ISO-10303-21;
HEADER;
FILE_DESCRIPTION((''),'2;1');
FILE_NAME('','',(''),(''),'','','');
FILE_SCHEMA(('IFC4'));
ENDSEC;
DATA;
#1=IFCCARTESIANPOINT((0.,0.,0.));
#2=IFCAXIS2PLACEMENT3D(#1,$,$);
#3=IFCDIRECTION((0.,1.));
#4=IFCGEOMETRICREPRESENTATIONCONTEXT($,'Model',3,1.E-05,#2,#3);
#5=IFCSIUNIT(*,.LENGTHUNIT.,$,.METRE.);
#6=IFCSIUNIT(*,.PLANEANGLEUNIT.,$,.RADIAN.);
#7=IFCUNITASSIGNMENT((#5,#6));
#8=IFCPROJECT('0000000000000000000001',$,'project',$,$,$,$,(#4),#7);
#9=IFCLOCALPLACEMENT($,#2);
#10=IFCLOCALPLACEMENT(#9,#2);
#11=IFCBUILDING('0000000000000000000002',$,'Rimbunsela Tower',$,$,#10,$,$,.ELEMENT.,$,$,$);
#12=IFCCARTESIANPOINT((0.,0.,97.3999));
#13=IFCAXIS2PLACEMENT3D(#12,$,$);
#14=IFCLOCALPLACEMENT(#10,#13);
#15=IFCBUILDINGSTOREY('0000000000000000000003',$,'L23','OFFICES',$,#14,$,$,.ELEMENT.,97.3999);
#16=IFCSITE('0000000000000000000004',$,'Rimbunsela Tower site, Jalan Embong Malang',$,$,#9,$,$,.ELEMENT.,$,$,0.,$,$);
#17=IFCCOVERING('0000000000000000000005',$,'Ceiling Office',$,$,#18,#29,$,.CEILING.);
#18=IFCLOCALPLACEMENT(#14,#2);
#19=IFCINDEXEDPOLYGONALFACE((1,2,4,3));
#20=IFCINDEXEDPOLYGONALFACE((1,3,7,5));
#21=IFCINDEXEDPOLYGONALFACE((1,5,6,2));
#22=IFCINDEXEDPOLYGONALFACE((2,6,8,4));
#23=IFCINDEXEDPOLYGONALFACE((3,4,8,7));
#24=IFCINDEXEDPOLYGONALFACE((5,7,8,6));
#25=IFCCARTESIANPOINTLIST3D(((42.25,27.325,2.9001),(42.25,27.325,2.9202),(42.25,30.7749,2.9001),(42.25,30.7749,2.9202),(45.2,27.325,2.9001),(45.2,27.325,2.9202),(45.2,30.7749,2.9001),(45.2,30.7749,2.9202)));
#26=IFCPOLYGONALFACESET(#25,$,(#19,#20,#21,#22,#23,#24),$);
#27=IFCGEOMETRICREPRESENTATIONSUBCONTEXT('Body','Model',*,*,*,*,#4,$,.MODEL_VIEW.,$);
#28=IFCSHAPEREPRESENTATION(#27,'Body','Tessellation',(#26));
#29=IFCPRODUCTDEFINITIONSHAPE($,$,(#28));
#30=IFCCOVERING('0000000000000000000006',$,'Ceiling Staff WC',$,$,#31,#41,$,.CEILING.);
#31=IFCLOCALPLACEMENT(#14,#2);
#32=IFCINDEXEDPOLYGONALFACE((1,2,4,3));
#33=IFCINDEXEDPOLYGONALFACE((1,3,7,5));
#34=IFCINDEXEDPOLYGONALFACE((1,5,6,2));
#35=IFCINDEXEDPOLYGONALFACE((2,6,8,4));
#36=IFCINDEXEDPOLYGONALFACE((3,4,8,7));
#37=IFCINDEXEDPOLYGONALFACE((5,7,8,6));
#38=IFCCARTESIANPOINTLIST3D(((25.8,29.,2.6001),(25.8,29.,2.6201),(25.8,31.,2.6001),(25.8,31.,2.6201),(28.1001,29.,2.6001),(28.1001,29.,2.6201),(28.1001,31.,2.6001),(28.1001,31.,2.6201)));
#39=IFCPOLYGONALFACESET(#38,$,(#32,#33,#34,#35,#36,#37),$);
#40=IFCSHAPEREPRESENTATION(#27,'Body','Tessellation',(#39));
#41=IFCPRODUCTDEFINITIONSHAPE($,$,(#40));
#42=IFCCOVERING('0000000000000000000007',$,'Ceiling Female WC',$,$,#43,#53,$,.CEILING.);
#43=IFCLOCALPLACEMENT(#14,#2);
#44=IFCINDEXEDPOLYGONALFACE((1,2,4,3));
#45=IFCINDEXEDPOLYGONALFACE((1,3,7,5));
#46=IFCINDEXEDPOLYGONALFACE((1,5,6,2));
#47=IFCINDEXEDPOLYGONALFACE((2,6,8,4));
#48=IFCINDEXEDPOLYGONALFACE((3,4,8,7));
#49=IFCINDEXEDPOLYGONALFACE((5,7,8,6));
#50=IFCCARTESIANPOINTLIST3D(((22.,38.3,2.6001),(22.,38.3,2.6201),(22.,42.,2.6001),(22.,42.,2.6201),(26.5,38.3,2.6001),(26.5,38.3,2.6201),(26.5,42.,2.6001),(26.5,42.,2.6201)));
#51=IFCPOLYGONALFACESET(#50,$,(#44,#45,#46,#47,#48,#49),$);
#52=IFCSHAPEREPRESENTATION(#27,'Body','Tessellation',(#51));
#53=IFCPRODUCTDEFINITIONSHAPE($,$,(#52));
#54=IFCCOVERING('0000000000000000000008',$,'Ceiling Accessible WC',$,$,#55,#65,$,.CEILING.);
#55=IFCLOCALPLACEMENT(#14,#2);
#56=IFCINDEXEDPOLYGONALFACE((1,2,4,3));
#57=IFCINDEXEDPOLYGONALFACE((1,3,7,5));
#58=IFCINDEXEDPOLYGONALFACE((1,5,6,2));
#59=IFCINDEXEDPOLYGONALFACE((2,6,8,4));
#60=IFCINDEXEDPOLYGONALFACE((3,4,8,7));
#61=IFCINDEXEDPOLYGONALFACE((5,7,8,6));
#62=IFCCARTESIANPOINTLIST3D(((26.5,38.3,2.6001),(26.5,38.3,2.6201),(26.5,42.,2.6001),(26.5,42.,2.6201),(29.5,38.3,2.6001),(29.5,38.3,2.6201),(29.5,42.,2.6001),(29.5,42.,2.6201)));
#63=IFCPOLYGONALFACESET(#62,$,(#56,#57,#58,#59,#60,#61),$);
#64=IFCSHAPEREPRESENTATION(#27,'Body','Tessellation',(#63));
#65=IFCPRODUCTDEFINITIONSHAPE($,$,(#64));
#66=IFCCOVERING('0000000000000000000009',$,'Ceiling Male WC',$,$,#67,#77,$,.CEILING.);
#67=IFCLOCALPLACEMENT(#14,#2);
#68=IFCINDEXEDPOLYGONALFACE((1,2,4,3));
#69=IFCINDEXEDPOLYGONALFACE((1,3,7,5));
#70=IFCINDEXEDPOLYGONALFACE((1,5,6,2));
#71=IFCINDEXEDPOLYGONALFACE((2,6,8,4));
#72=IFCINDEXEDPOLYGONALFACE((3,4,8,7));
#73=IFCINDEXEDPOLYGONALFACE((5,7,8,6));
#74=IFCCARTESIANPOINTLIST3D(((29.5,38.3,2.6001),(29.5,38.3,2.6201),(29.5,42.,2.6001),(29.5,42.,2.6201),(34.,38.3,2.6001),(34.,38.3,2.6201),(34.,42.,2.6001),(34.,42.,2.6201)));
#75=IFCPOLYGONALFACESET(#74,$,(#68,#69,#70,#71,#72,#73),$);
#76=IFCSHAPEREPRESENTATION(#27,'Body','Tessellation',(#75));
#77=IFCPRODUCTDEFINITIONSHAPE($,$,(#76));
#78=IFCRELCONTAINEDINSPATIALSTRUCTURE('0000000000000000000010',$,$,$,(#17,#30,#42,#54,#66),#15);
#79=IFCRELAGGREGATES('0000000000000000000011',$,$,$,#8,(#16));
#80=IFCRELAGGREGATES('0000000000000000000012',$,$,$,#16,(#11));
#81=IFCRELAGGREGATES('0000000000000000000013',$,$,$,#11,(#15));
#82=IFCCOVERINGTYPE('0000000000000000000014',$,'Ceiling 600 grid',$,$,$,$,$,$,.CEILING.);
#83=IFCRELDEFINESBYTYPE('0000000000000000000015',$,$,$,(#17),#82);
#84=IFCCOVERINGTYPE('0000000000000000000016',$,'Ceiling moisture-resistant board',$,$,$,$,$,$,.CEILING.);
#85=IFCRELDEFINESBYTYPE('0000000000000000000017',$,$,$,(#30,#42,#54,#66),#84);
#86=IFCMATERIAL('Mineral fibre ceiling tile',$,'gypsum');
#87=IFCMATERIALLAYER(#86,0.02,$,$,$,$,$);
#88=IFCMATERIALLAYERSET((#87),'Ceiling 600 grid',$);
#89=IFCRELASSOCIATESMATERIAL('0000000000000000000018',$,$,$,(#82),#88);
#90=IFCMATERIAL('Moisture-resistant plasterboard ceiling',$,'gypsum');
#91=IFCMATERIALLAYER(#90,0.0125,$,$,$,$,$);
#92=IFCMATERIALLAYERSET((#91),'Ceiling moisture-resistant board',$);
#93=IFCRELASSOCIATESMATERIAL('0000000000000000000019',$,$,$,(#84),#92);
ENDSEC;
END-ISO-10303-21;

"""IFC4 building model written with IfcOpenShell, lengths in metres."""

from ifc_helpers import new_model, si_unit, direction, frame, origin, place, context, subcontext, project, spatial, polyline, outline, extrude, material, layer, layer_set, type_object, element, save


model = new_model("IFC4")

# Units and contexts
model_context = context("Model", 3, precision=1e-05, world=origin(), true_north=direction((0.0, 1.0)))
body_context = subcontext(model_context, "Body", "Model", "MODEL_VIEW")
ifc_project = project(units=[si_unit("LENGTHUNIT", "METRE"), si_unit("PLANEANGLEUNIT", "RADIAN")], contexts=[model_context])

# Site, building, storey
site_placement = place(None, origin())
site = spatial("IfcSite", under=ifc_project, at=site_placement, Name="Rimbunsela Tower site, Jalan Embong Malang", CompositionType="ELEMENT", RefElevation=0.0)
building_placement = place(site_placement, origin())
building = spatial("IfcBuilding", under=site, at=building_placement, Name="Rimbunsela Tower", CompositionType="ELEMENT")
storey_placement = place(building_placement, frame((0.0, 0.0, 97.3999)))
storey = spatial("IfcBuildingStorey", under=building, at=storey_placement, Name="L23", Description="OFFICES", CompositionType="ELEMENT", Elevation=97.3999)

# Coverings
ifc_material_1 = material(Name="Mineral fibre ceiling tile", Category="gypsum")
ifc_layer_1 = layer(ifc_material_1, 0.02)
ifc_layer_set_1 = layer_set([ifc_layer_1], Name="Ceiling 600 grid")
covering_type_1 = type_object("IfcCoveringType", Name="Ceiling 600 grid", PredefinedType="CEILING", material=ifc_layer_set_1)
covering_1_placement = place(storey_placement, frame((0.0, 0.0, 2.9001)))
element("IfcCovering", 1, at=covering_1_placement, inside=storey, type_object=covering_type_1, Name="Ceiling Office", PredefinedType="CEILING", context=body_context, shape_type="SweptSolid", body=[
    extrude(outline(polyline([(45.2, 27.325), (45.2, 30.7749), (42.25, 30.7749), (42.25, 27.325), (45.2, 27.325)])), origin(), (0.0, 0.0, 1.0), 0.02),
])
ifc_material_2 = material(Name="Moisture-resistant plasterboard ceiling", Category="gypsum")
ifc_layer_2 = layer(ifc_material_2, 0.0125)
ifc_layer_set_2 = layer_set([ifc_layer_2], Name="Ceiling moisture-resistant board")
covering_type_2 = type_object("IfcCoveringType", Name="Ceiling moisture-resistant board", PredefinedType="CEILING", material=ifc_layer_set_2)
covering_2_placement = place(storey_placement, frame((0.0, 0.0, 2.6001)))
element("IfcCovering", 2, at=covering_2_placement, inside=storey, type_object=covering_type_2, Name="Ceiling Staff WC", PredefinedType="CEILING", context=body_context, shape_type="SweptSolid", body=[
    extrude(outline(polyline([(28.1001, 29.0), (28.1001, 31.0), (25.8, 31.0), (25.8, 29.0), (28.1001, 29.0)])), origin(), (0.0, 0.0, 1.0), 0.02),
])
covering_3_placement = place(storey_placement, frame((0.0, 0.0, 2.6001)))
element("IfcCovering", 3, at=covering_3_placement, inside=storey, type_object=covering_type_2, Name="Ceiling Female WC", PredefinedType="CEILING", context=body_context, shape_type="SweptSolid", body=[
    extrude(outline(polyline([(26.5, 38.3), (26.5, 42.0), (22.0, 42.0), (22.0, 38.3), (26.5, 38.3)])), origin(), (0.0, 0.0, 1.0), 0.02),
])
covering_4_placement = place(storey_placement, frame((0.0, 0.0, 2.6001)))
element("IfcCovering", 4, at=covering_4_placement, inside=storey, type_object=covering_type_2, Name="Ceiling Accessible WC", PredefinedType="CEILING", context=body_context, shape_type="SweptSolid", body=[
    extrude(outline(polyline([(29.5, 38.3), (29.5, 42.0), (26.5, 42.0), (26.5, 38.3), (29.5, 38.3)])), origin(), (0.0, 0.0, 1.0), 0.02),
])
covering_5_placement = place(storey_placement, frame((0.0, 0.0, 2.6001)))
element("IfcCovering", 5, at=covering_5_placement, inside=storey, type_object=covering_type_2, Name="Ceiling Male WC", PredefinedType="CEILING", context=body_context, shape_type="SweptSolid", body=[
    extrude(outline(polyline([(34.0, 38.3), (34.0, 42.0), (29.5, 42.0), (29.5, 38.3), (34.0, 38.3)])), origin(), (0.0, 0.0, 1.0), 0.02),
])

save(model, "model.ifc")
